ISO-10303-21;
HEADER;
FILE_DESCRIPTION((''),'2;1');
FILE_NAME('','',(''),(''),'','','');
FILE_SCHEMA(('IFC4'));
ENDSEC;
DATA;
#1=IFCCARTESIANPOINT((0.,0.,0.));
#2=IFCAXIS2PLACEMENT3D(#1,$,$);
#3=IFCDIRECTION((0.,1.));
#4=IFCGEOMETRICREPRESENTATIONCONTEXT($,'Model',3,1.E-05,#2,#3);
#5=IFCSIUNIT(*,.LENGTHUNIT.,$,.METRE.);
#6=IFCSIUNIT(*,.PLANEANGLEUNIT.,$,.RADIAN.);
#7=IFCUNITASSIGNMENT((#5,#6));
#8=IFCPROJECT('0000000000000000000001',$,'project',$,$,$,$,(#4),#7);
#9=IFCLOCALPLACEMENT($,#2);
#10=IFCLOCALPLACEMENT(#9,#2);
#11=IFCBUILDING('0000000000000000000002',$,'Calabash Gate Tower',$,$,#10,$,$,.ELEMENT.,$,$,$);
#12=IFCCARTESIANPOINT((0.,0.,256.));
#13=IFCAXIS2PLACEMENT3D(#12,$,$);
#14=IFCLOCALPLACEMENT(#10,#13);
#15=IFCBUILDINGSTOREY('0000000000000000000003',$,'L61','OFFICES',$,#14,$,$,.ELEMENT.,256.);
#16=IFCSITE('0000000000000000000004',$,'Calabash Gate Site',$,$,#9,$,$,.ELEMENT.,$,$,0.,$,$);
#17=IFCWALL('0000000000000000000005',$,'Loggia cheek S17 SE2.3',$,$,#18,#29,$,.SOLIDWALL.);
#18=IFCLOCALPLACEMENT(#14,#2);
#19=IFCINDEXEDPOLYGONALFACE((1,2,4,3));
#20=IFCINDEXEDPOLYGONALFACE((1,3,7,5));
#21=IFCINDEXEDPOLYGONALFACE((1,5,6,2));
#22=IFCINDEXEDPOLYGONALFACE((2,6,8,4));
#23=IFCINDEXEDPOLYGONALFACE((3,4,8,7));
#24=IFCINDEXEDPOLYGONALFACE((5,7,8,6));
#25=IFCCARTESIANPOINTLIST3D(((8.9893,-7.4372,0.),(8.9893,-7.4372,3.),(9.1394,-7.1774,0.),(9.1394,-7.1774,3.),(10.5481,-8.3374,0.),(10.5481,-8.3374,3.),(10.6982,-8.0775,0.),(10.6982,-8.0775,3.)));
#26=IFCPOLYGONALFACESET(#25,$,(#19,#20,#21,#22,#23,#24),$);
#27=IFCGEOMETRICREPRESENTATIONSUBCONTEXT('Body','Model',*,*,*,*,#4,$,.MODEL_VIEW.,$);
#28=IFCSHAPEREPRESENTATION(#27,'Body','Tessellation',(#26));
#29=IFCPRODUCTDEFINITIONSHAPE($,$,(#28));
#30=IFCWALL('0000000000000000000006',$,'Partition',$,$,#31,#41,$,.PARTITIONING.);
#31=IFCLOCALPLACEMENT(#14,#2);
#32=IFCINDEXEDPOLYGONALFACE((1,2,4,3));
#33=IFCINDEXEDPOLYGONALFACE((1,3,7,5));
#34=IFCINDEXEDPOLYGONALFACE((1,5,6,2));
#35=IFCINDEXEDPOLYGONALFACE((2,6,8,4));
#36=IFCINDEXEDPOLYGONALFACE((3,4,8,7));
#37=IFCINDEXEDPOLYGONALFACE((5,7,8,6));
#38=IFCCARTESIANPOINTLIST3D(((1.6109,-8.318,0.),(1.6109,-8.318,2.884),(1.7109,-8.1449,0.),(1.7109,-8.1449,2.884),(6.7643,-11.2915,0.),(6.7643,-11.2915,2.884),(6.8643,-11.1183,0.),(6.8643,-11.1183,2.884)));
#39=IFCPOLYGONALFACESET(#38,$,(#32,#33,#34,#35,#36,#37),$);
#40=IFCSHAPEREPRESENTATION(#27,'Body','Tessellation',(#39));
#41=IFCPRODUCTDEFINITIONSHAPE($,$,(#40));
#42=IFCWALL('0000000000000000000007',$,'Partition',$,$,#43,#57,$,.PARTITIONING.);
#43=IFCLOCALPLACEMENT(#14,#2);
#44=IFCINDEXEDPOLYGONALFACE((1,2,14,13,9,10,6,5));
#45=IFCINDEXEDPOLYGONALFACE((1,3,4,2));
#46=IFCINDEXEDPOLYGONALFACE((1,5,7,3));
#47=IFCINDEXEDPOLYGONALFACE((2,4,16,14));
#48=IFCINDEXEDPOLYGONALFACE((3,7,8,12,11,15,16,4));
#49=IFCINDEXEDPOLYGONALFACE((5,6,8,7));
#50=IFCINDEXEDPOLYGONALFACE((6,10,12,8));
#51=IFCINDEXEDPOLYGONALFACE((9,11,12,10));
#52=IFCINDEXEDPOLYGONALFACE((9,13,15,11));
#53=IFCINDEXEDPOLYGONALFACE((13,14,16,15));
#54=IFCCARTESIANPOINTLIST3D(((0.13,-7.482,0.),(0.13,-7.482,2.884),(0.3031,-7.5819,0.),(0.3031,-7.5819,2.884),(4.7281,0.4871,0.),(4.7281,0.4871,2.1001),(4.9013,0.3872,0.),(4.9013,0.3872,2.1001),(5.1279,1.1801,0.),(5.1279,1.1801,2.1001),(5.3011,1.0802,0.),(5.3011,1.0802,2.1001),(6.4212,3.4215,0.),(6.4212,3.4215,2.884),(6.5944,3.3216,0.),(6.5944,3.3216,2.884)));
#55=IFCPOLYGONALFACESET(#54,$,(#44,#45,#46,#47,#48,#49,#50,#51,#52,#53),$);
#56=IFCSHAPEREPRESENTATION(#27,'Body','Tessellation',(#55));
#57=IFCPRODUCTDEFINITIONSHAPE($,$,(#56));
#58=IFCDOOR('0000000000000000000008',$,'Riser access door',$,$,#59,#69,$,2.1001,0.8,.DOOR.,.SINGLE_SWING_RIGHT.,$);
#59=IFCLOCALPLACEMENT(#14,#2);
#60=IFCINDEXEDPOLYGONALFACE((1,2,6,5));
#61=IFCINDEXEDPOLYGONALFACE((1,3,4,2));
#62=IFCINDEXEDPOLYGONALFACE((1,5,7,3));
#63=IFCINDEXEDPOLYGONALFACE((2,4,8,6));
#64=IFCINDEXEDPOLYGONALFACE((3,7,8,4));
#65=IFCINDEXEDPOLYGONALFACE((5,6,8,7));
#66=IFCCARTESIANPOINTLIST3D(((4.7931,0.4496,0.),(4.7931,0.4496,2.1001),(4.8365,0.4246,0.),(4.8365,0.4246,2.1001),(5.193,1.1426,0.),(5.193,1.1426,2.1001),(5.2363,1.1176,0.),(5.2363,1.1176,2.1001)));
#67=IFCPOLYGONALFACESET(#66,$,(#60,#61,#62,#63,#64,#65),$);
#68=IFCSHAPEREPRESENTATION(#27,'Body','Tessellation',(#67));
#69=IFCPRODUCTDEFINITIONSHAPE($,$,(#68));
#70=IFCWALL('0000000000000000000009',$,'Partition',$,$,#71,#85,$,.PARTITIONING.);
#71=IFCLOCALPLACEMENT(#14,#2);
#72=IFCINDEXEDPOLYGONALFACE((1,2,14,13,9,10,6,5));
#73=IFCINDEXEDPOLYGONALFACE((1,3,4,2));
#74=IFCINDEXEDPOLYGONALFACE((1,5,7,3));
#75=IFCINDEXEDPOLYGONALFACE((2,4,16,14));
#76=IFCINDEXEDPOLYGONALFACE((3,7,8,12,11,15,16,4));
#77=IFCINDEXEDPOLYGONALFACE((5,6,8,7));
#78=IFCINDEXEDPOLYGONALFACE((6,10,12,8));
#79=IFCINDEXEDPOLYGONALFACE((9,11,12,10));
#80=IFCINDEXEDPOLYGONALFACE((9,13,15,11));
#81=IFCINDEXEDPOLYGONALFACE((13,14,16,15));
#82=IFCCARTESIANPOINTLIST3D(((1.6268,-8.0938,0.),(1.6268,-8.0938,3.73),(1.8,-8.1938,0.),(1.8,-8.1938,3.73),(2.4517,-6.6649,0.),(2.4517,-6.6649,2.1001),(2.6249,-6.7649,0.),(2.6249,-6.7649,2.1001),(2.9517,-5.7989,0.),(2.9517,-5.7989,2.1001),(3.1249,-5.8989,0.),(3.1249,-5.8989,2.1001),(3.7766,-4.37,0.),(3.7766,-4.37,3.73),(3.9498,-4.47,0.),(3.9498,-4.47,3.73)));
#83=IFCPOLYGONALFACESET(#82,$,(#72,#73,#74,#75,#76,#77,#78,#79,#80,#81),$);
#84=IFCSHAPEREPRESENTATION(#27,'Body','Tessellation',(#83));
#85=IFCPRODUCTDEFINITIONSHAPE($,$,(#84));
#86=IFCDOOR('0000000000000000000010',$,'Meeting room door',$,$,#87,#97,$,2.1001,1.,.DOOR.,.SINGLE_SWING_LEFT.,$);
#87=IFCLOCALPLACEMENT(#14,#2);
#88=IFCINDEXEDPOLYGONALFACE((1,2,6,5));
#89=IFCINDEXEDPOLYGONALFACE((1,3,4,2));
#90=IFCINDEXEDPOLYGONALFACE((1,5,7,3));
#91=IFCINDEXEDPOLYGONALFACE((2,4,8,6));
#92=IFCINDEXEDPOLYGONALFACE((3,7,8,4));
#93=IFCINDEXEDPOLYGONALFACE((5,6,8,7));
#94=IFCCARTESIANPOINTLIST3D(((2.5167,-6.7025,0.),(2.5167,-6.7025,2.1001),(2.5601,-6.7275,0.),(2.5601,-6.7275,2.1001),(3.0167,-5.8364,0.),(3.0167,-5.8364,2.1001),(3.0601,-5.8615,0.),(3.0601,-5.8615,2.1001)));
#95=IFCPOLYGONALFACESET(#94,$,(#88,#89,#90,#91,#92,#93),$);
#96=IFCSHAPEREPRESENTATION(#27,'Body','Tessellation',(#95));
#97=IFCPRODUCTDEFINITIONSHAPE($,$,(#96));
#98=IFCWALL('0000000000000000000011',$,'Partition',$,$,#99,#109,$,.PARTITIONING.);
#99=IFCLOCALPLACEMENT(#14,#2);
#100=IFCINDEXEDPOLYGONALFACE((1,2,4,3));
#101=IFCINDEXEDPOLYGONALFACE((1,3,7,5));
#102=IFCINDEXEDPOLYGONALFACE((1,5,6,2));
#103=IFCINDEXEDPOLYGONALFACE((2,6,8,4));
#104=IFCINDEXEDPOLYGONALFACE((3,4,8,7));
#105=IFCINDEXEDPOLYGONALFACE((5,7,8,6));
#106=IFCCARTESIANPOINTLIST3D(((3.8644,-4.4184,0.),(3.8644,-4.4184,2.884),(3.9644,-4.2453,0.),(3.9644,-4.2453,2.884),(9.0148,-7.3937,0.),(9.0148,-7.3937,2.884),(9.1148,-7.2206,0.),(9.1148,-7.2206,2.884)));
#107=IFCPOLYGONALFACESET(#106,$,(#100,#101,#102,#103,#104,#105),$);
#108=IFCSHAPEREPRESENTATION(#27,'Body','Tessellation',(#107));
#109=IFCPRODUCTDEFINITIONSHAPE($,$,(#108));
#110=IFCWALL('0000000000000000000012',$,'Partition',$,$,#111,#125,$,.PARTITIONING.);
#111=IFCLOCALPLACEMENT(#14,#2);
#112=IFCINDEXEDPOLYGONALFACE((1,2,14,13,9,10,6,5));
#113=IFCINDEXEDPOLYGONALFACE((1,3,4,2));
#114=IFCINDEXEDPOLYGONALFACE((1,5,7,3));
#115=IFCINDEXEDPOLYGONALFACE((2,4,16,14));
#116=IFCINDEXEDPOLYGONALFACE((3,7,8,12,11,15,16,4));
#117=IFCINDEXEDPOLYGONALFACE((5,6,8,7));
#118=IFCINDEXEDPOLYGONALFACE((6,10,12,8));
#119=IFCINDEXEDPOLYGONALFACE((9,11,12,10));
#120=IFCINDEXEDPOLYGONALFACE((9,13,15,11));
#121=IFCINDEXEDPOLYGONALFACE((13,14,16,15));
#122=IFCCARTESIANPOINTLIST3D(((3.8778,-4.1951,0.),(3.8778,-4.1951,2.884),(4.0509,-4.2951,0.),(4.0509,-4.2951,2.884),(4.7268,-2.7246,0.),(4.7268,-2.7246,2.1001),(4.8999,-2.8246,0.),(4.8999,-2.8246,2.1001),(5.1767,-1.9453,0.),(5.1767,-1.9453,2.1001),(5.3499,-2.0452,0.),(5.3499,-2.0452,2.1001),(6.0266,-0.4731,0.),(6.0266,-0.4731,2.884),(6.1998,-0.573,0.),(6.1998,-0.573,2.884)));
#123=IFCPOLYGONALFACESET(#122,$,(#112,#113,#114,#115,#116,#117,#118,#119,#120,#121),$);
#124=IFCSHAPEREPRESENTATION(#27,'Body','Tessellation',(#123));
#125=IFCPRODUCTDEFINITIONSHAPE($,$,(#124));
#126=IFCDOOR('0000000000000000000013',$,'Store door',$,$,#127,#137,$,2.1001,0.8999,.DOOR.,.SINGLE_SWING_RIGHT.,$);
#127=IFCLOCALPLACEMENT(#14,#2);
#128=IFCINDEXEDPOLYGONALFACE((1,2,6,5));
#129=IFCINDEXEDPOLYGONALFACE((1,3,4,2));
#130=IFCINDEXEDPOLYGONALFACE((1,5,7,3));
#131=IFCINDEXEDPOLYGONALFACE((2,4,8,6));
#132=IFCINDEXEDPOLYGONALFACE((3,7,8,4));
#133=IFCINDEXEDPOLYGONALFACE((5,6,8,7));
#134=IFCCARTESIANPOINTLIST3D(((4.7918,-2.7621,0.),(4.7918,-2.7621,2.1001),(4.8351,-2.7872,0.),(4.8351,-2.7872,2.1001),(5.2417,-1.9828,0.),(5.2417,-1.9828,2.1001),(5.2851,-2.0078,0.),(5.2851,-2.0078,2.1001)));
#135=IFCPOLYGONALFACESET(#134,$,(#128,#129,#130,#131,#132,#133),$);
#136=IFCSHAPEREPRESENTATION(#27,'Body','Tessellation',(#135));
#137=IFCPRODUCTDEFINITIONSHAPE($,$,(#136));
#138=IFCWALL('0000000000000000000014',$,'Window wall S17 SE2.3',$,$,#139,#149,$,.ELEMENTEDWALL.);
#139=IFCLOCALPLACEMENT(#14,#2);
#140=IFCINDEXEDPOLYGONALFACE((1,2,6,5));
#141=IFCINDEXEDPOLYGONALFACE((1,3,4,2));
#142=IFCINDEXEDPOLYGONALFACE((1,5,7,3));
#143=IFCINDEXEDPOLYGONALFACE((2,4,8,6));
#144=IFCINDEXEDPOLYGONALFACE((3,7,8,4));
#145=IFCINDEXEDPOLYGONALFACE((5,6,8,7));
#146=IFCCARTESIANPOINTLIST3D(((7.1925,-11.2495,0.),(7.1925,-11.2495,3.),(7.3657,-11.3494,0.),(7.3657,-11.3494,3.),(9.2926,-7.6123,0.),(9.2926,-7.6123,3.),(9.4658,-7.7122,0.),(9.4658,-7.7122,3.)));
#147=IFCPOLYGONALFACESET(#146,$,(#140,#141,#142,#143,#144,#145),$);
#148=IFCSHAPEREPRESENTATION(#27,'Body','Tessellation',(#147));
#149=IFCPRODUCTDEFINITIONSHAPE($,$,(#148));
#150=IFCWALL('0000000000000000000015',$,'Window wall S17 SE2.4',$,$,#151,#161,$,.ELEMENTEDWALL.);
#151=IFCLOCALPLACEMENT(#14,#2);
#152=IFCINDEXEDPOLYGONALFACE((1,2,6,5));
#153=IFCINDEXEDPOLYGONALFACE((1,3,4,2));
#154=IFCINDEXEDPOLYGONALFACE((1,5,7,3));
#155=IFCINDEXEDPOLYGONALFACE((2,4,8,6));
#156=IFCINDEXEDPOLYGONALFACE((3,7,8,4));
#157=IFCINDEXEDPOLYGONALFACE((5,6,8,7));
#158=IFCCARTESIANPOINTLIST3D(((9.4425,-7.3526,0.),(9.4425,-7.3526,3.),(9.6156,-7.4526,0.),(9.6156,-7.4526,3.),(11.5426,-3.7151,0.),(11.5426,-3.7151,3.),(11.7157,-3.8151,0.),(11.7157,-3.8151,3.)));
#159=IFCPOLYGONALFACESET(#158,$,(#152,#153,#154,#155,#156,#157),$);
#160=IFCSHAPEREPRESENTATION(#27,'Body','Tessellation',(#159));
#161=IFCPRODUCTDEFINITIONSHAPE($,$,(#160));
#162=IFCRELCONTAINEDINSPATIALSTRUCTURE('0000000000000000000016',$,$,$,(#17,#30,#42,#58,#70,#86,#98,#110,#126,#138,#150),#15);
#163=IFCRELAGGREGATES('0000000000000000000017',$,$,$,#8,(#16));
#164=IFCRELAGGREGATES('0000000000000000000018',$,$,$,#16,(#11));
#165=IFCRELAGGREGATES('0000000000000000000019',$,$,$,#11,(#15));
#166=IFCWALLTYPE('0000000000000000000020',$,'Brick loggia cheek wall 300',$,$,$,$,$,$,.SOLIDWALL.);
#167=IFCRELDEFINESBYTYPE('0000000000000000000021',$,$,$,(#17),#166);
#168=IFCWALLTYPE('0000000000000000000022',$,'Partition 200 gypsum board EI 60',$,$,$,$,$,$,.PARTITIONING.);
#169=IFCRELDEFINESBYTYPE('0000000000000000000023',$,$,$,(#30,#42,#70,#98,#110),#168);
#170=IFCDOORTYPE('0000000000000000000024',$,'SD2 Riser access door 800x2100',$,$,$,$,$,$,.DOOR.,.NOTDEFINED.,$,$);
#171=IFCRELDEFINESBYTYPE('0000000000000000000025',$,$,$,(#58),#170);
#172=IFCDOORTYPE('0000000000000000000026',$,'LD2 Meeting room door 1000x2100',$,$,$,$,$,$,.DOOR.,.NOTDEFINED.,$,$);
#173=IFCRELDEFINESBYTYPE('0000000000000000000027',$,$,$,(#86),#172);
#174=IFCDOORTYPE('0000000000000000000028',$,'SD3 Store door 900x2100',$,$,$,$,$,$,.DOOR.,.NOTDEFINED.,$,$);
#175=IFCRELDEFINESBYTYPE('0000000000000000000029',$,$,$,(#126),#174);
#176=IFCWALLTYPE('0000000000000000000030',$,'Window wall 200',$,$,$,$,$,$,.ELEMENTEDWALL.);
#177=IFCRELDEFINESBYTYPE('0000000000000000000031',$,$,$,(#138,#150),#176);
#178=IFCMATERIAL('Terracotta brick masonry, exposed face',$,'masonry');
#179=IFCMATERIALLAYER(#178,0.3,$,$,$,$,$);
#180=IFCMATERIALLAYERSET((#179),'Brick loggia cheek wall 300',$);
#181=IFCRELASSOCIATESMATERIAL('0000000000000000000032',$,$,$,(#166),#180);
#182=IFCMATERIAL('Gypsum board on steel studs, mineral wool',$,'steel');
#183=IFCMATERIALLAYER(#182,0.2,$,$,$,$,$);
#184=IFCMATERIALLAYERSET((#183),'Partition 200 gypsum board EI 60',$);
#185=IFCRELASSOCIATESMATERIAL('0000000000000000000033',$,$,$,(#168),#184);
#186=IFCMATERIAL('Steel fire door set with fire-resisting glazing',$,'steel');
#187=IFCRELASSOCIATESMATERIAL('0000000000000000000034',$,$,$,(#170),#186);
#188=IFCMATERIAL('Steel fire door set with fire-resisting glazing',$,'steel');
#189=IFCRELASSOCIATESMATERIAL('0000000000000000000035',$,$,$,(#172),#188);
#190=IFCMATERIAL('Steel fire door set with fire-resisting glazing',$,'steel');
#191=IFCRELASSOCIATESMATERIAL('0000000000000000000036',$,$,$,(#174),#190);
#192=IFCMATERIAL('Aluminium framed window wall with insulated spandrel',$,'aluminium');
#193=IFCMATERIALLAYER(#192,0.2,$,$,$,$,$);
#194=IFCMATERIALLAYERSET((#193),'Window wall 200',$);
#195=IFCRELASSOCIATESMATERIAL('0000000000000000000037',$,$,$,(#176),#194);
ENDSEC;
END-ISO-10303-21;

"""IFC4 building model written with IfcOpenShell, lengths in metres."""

from ifc_helpers import new_model, si_unit, direction, frame, frame_2d, origin, place, context, subcontext, project, spatial, rectangle, extrude, material, layer, layer_set, type_object, element, fill, save


model = new_model("IFC4")

# Units and contexts
model_context = context("Model", 3, precision=1e-05, world=origin(), true_north=direction((0.0, 1.0)))
body_context = subcontext(model_context, "Body", "Model", "MODEL_VIEW")
ifc_project = project(units=[si_unit("LENGTHUNIT", "METRE"), si_unit("PLANEANGLEUNIT", "RADIAN")], contexts=[model_context])

# Site, building, storey
site_placement = place(None, origin())
site = spatial("IfcSite", under=ifc_project, at=site_placement, Name="Calabash Gate Site", CompositionType="ELEMENT", RefElevation=0.0)
building_placement = place(site_placement, origin())
building = spatial("IfcBuilding", under=site, at=building_placement, Name="Calabash Gate Tower", CompositionType="ELEMENT")
storey_placement = place(building_placement, frame((0.0, 0.0, 256.0)))
storey = spatial("IfcBuildingStorey", under=building, at=storey_placement, Name="L61", Description="OFFICES", CompositionType="ELEMENT", Elevation=256.0)

# Wall
ifc_material_1 = material(Name="Terracotta brick masonry, exposed face", Category="masonry")
ifc_layer_1 = layer(ifc_material_1, 0.3)
ifc_layer_set_1 = layer_set([ifc_layer_1], Name="Brick loggia cheek wall 300")
wall_type_1 = type_object("IfcWallType", Name="Brick loggia cheek wall 300", PredefinedType="SOLIDWALL", material=ifc_layer_set_1)
wall_1_placement = place(storey_placement, frame((9.0645, -7.3074, 0.0), z_axis=(0.0, 0.0, 1.0), x_axis=(0.865989, -0.500063, 0.0)))
element("IfcWall", 1, at=wall_1_placement, inside=storey, type_object=wall_type_1, Name="Loggia cheek S17 SE2.3", PredefinedType="SOLIDWALL", context=body_context, shape_type="SweptSolid", body=[
    extrude(rectangle(XDim=1.8, YDim=0.3, at=frame_2d((0.8999, 0.0))), origin(), (0.0, 0.0, 1.0), 3.0),
])

# Shared definitions
ifc_material_2 = material(Name="Gypsum board on steel studs, mineral wool", Category="steel")
ifc_layer_2 = layer(ifc_material_2, 0.2)
ifc_layer_set_2 = layer_set([ifc_layer_2], Name="Partition 200 gypsum board EI 60")
wall_type_2 = type_object("IfcWallType", Name="Partition 200 gypsum board EI 60", PredefinedType="PARTITIONING", material=ifc_layer_set_2)

# Wall
wall_2_placement = place(storey_placement, frame((1.6609, -8.2314, 0.0), z_axis=(0.0, 0.0, 1.0), x_axis=(0.866162, -0.499763, 0.0)))
element("IfcWall", 2, at=wall_2_placement, inside=storey, type_object=wall_type_2, Name="Partition", PredefinedType="PARTITIONING", context=body_context, shape_type="SweptSolid", body=[
    extrude(rectangle(XDim=5.9497, YDim=0.2, at=frame_2d((2.9749, 0.0))), origin(), (0.0, 0.0, 1.0), 2.884),
])

# Walls, openings, doors
wall_3_placement = place(storey_placement, frame((0.2166, -7.532, 0.0), z_axis=(0.0, 0.0, 1.0), x_axis=(0.499767, 0.86616, 0.0)))
wall_3 = element("IfcWall", 3, at=wall_3_placement, inside=storey, type_object=wall_type_2, Name="Partition", PredefinedType="PARTITIONING", context=body_context, shape_type="SweptSolid", body=[
    extrude(rectangle(XDim=12.5884, YDim=0.2, at=frame_2d((6.2942, 0.0))), origin(), (0.0, 0.0, 1.0), 2.884),
])
opening_1_placement = place(wall_3_placement, frame((9.2007, 0.0, 0.0)))
opening_1 = element("IfcOpeningElement", 4, at=opening_1_placement, cuts=wall_3, PredefinedType="OPENING", context=body_context, shape_type="SweptSolid", body=[
    extrude(rectangle(XDim=0.8, YDim=2.1001, at=frame_2d((0.3999, 1.05))), frame((0.0, 0.1099, 0.0), z_axis=(0.0, -1.0, 0.0), x_axis=(1.0, 0.0, 0.0)), (0.0, 0.0, 1.0), 0.22),
])
ifc_material_3 = material(Name="Steel fire door set with fire-resisting glazing", Category="steel")
door_type_1 = type_object("IfcDoorType", Name="SD2 Riser access door 800x2100", OperationType="NOTDEFINED", PredefinedType="DOOR", material=ifc_material_3)
door_1_placement = place(opening_1_placement, origin())
door_1 = element("IfcDoor", 5, at=door_1_placement, inside=storey, type_object=door_type_1, Name="Riser access door", OperationType="SINGLE_SWING_RIGHT", OverallHeight=2.1001, OverallWidth=0.8, PredefinedType="DOOR", context=body_context, shape_type="SweptSolid", body=[
    extrude(rectangle(XDim=0.8, YDim=2.1001, at=frame_2d((0.3999, 1.05))), frame((0.0, 0.0249, 0.0), z_axis=(0.0, -1.0, 0.0), x_axis=(1.0, 0.0, 0.0)), (0.0, 0.0, 1.0), 0.05),
])
fill(opening_1, door_1)
wall_4_placement = place(storey_placement, frame((1.7134, -8.1438, 0.0), z_axis=(0.0, 0.0, 1.0), x_axis=(0.499986, 0.866033, 0.0)))
wall_4 = element("IfcWall", 6, at=wall_4_placement, inside=storey, type_object=wall_type_2, Name="Partition", PredefinedType="PARTITIONING", context=body_context, shape_type="SweptSolid", body=[
    extrude(rectangle(XDim=4.2998, YDim=0.2, at=frame_2d((2.1499, 0.0))), origin(), (0.0, 0.0, 1.0), 3.73),
])
opening_2_placement = place(wall_4_placement, frame((1.6499, 0.0, 0.0)))
opening_2 = element("IfcOpeningElement", 7, at=opening_2_placement, cuts=wall_4, PredefinedType="OPENING", context=body_context, shape_type="SweptSolid", body=[
    extrude(rectangle(XDim=1.0, YDim=2.1001, at=frame_2d((0.5, 1.05))), frame((0.0, 0.1099, 0.0), z_axis=(0.0, -1.0, 0.0), x_axis=(1.0, 0.0, 0.0)), (0.0, 0.0, 1.0), 0.22),
])
ifc_material_4 = material(Name="Steel fire door set with fire-resisting glazing", Category="steel")
door_type_2 = type_object("IfcDoorType", Name="LD2 Meeting room door 1000x2100", OperationType="NOTDEFINED", PredefinedType="DOOR", material=ifc_material_4)
door_2_placement = place(opening_2_placement, origin())
door_2 = element("IfcDoor", 8, at=door_2_placement, inside=storey, type_object=door_type_2, Name="Meeting room door", OperationType="SINGLE_SWING_LEFT", OverallHeight=2.1001, OverallWidth=1.0, PredefinedType="DOOR", context=body_context, shape_type="SweptSolid", body=[
    extrude(rectangle(XDim=1.0, YDim=2.1001, at=frame_2d((0.5, 1.05))), frame((0.0, 0.0249, 0.0), z_axis=(0.0, -1.0, 0.0), x_axis=(1.0, 0.0, 0.0)), (0.0, 0.0, 1.0), 0.05),
])
fill(opening_2, door_2)

# Wall
wall_5_placement = place(storey_placement, frame((3.9143, -4.3318, 0.0), z_axis=(0.0, 0.0, 1.0), x_axis=(0.865897, -0.500222, 0.0)))
element("IfcWall", 9, at=wall_5_placement, inside=storey, type_object=wall_type_2, Name="Partition", PredefinedType="PARTITIONING", context=body_context, shape_type="SweptSolid", body=[
    extrude(rectangle(XDim=5.948, YDim=0.2, at=frame_2d((2.9741, 0.0))), origin(), (0.0, 0.0, 1.0), 2.884),
])

# Wall, opening, door
wall_6_placement = place(storey_placement, frame((3.9644, -4.2451, 0.0), z_axis=(0.0, 0.0, 1.0), x_axis=(0.499988, 0.866032, 0.0)))
wall_6 = element("IfcWall", 10, at=wall_6_placement, inside=storey, type_object=wall_type_2, Name="Partition", PredefinedType="PARTITIONING", context=body_context, shape_type="SweptSolid", body=[
    extrude(rectangle(XDim=4.2979, YDim=0.2, at=frame_2d((2.1489, 0.0))), origin(), (0.0, 0.0, 1.0), 2.884),
])
opening_3_placement = place(wall_6_placement, frame((1.698, 0.0, 0.0)))
opening_3 = element("IfcOpeningElement", 11, at=opening_3_placement, cuts=wall_6, PredefinedType="OPENING", context=body_context, shape_type="SweptSolid", body=[
    extrude(rectangle(XDim=0.8999, YDim=2.1001, at=frame_2d((0.45, 1.05))), frame((0.0, 0.1099, 0.0), z_axis=(0.0, -1.0, 0.0), x_axis=(1.0, 0.0, 0.0)), (0.0, 0.0, 1.0), 0.22),
])
ifc_material_5 = material(Name="Steel fire door set with fire-resisting glazing", Category="steel")
door_type_3 = type_object("IfcDoorType", Name="SD3 Store door 900x2100", OperationType="NOTDEFINED", PredefinedType="DOOR", material=ifc_material_5)
door_3_placement = place(opening_3_placement, origin())
door_3 = element("IfcDoor", 12, at=door_3_placement, inside=storey, type_object=door_type_3, Name="Store door", OperationType="SINGLE_SWING_RIGHT", OverallHeight=2.1001, OverallWidth=0.8999, PredefinedType="DOOR", context=body_context, shape_type="SweptSolid", body=[
    extrude(rectangle(XDim=0.8999, YDim=2.1001, at=frame_2d((0.45, 1.05))), frame((0.0, 0.0249, 0.0), z_axis=(0.0, -1.0, 0.0), x_axis=(1.0, 0.0, 0.0)), (0.0, 0.0, 1.0), 0.05),
])
fill(opening_3, door_3)

# Walls
ifc_material_6 = material(Name="Aluminium framed window wall with insulated spandrel", Category="aluminium")
ifc_layer_3 = layer(ifc_material_6, 0.2)
ifc_layer_set_3 = layer_set([ifc_layer_3], Name="Window wall 200")
wall_type_3 = type_object("IfcWallType", Name="Window wall 200", PredefinedType="ELEMENTEDWALL", material=ifc_layer_set_3)
wall_7_placement = place(storey_placement, frame((7.2791, -11.2996, 0.0), z_axis=(0.0, 0.0, 1.0), x_axis=(0.500028, 0.866009, 0.0)))
element("IfcWall", 13, at=wall_7_placement, inside=storey, type_object=wall_type_3, Name="Window wall S17 SE2.3", PredefinedType="ELEMENTEDWALL", context=body_context, shape_type="SweptSolid", body=[
    extrude(rectangle(XDim=4.2, YDim=0.2, at=frame_2d((2.1001, 0.0))), origin(), (0.0, 0.0, 1.0), 3.0),
])
wall_8_placement = place(storey_placement, frame((9.5291, -7.4026, 0.0), z_axis=(0.0, 0.0, 1.0), x_axis=(0.500003, 0.866024, 0.0)))
element("IfcWall", 14, at=wall_8_placement, inside=storey, type_object=wall_type_3, Name="Window wall S17 SE2.4", PredefinedType="ELEMENTEDWALL", context=body_context, shape_type="SweptSolid", body=[
    extrude(rectangle(XDim=4.2002, YDim=0.2, at=frame_2d((2.1001, 0.0))), origin(), (0.0, 0.0, 1.0), 3.0),
])

save(model, "model.ifc")
